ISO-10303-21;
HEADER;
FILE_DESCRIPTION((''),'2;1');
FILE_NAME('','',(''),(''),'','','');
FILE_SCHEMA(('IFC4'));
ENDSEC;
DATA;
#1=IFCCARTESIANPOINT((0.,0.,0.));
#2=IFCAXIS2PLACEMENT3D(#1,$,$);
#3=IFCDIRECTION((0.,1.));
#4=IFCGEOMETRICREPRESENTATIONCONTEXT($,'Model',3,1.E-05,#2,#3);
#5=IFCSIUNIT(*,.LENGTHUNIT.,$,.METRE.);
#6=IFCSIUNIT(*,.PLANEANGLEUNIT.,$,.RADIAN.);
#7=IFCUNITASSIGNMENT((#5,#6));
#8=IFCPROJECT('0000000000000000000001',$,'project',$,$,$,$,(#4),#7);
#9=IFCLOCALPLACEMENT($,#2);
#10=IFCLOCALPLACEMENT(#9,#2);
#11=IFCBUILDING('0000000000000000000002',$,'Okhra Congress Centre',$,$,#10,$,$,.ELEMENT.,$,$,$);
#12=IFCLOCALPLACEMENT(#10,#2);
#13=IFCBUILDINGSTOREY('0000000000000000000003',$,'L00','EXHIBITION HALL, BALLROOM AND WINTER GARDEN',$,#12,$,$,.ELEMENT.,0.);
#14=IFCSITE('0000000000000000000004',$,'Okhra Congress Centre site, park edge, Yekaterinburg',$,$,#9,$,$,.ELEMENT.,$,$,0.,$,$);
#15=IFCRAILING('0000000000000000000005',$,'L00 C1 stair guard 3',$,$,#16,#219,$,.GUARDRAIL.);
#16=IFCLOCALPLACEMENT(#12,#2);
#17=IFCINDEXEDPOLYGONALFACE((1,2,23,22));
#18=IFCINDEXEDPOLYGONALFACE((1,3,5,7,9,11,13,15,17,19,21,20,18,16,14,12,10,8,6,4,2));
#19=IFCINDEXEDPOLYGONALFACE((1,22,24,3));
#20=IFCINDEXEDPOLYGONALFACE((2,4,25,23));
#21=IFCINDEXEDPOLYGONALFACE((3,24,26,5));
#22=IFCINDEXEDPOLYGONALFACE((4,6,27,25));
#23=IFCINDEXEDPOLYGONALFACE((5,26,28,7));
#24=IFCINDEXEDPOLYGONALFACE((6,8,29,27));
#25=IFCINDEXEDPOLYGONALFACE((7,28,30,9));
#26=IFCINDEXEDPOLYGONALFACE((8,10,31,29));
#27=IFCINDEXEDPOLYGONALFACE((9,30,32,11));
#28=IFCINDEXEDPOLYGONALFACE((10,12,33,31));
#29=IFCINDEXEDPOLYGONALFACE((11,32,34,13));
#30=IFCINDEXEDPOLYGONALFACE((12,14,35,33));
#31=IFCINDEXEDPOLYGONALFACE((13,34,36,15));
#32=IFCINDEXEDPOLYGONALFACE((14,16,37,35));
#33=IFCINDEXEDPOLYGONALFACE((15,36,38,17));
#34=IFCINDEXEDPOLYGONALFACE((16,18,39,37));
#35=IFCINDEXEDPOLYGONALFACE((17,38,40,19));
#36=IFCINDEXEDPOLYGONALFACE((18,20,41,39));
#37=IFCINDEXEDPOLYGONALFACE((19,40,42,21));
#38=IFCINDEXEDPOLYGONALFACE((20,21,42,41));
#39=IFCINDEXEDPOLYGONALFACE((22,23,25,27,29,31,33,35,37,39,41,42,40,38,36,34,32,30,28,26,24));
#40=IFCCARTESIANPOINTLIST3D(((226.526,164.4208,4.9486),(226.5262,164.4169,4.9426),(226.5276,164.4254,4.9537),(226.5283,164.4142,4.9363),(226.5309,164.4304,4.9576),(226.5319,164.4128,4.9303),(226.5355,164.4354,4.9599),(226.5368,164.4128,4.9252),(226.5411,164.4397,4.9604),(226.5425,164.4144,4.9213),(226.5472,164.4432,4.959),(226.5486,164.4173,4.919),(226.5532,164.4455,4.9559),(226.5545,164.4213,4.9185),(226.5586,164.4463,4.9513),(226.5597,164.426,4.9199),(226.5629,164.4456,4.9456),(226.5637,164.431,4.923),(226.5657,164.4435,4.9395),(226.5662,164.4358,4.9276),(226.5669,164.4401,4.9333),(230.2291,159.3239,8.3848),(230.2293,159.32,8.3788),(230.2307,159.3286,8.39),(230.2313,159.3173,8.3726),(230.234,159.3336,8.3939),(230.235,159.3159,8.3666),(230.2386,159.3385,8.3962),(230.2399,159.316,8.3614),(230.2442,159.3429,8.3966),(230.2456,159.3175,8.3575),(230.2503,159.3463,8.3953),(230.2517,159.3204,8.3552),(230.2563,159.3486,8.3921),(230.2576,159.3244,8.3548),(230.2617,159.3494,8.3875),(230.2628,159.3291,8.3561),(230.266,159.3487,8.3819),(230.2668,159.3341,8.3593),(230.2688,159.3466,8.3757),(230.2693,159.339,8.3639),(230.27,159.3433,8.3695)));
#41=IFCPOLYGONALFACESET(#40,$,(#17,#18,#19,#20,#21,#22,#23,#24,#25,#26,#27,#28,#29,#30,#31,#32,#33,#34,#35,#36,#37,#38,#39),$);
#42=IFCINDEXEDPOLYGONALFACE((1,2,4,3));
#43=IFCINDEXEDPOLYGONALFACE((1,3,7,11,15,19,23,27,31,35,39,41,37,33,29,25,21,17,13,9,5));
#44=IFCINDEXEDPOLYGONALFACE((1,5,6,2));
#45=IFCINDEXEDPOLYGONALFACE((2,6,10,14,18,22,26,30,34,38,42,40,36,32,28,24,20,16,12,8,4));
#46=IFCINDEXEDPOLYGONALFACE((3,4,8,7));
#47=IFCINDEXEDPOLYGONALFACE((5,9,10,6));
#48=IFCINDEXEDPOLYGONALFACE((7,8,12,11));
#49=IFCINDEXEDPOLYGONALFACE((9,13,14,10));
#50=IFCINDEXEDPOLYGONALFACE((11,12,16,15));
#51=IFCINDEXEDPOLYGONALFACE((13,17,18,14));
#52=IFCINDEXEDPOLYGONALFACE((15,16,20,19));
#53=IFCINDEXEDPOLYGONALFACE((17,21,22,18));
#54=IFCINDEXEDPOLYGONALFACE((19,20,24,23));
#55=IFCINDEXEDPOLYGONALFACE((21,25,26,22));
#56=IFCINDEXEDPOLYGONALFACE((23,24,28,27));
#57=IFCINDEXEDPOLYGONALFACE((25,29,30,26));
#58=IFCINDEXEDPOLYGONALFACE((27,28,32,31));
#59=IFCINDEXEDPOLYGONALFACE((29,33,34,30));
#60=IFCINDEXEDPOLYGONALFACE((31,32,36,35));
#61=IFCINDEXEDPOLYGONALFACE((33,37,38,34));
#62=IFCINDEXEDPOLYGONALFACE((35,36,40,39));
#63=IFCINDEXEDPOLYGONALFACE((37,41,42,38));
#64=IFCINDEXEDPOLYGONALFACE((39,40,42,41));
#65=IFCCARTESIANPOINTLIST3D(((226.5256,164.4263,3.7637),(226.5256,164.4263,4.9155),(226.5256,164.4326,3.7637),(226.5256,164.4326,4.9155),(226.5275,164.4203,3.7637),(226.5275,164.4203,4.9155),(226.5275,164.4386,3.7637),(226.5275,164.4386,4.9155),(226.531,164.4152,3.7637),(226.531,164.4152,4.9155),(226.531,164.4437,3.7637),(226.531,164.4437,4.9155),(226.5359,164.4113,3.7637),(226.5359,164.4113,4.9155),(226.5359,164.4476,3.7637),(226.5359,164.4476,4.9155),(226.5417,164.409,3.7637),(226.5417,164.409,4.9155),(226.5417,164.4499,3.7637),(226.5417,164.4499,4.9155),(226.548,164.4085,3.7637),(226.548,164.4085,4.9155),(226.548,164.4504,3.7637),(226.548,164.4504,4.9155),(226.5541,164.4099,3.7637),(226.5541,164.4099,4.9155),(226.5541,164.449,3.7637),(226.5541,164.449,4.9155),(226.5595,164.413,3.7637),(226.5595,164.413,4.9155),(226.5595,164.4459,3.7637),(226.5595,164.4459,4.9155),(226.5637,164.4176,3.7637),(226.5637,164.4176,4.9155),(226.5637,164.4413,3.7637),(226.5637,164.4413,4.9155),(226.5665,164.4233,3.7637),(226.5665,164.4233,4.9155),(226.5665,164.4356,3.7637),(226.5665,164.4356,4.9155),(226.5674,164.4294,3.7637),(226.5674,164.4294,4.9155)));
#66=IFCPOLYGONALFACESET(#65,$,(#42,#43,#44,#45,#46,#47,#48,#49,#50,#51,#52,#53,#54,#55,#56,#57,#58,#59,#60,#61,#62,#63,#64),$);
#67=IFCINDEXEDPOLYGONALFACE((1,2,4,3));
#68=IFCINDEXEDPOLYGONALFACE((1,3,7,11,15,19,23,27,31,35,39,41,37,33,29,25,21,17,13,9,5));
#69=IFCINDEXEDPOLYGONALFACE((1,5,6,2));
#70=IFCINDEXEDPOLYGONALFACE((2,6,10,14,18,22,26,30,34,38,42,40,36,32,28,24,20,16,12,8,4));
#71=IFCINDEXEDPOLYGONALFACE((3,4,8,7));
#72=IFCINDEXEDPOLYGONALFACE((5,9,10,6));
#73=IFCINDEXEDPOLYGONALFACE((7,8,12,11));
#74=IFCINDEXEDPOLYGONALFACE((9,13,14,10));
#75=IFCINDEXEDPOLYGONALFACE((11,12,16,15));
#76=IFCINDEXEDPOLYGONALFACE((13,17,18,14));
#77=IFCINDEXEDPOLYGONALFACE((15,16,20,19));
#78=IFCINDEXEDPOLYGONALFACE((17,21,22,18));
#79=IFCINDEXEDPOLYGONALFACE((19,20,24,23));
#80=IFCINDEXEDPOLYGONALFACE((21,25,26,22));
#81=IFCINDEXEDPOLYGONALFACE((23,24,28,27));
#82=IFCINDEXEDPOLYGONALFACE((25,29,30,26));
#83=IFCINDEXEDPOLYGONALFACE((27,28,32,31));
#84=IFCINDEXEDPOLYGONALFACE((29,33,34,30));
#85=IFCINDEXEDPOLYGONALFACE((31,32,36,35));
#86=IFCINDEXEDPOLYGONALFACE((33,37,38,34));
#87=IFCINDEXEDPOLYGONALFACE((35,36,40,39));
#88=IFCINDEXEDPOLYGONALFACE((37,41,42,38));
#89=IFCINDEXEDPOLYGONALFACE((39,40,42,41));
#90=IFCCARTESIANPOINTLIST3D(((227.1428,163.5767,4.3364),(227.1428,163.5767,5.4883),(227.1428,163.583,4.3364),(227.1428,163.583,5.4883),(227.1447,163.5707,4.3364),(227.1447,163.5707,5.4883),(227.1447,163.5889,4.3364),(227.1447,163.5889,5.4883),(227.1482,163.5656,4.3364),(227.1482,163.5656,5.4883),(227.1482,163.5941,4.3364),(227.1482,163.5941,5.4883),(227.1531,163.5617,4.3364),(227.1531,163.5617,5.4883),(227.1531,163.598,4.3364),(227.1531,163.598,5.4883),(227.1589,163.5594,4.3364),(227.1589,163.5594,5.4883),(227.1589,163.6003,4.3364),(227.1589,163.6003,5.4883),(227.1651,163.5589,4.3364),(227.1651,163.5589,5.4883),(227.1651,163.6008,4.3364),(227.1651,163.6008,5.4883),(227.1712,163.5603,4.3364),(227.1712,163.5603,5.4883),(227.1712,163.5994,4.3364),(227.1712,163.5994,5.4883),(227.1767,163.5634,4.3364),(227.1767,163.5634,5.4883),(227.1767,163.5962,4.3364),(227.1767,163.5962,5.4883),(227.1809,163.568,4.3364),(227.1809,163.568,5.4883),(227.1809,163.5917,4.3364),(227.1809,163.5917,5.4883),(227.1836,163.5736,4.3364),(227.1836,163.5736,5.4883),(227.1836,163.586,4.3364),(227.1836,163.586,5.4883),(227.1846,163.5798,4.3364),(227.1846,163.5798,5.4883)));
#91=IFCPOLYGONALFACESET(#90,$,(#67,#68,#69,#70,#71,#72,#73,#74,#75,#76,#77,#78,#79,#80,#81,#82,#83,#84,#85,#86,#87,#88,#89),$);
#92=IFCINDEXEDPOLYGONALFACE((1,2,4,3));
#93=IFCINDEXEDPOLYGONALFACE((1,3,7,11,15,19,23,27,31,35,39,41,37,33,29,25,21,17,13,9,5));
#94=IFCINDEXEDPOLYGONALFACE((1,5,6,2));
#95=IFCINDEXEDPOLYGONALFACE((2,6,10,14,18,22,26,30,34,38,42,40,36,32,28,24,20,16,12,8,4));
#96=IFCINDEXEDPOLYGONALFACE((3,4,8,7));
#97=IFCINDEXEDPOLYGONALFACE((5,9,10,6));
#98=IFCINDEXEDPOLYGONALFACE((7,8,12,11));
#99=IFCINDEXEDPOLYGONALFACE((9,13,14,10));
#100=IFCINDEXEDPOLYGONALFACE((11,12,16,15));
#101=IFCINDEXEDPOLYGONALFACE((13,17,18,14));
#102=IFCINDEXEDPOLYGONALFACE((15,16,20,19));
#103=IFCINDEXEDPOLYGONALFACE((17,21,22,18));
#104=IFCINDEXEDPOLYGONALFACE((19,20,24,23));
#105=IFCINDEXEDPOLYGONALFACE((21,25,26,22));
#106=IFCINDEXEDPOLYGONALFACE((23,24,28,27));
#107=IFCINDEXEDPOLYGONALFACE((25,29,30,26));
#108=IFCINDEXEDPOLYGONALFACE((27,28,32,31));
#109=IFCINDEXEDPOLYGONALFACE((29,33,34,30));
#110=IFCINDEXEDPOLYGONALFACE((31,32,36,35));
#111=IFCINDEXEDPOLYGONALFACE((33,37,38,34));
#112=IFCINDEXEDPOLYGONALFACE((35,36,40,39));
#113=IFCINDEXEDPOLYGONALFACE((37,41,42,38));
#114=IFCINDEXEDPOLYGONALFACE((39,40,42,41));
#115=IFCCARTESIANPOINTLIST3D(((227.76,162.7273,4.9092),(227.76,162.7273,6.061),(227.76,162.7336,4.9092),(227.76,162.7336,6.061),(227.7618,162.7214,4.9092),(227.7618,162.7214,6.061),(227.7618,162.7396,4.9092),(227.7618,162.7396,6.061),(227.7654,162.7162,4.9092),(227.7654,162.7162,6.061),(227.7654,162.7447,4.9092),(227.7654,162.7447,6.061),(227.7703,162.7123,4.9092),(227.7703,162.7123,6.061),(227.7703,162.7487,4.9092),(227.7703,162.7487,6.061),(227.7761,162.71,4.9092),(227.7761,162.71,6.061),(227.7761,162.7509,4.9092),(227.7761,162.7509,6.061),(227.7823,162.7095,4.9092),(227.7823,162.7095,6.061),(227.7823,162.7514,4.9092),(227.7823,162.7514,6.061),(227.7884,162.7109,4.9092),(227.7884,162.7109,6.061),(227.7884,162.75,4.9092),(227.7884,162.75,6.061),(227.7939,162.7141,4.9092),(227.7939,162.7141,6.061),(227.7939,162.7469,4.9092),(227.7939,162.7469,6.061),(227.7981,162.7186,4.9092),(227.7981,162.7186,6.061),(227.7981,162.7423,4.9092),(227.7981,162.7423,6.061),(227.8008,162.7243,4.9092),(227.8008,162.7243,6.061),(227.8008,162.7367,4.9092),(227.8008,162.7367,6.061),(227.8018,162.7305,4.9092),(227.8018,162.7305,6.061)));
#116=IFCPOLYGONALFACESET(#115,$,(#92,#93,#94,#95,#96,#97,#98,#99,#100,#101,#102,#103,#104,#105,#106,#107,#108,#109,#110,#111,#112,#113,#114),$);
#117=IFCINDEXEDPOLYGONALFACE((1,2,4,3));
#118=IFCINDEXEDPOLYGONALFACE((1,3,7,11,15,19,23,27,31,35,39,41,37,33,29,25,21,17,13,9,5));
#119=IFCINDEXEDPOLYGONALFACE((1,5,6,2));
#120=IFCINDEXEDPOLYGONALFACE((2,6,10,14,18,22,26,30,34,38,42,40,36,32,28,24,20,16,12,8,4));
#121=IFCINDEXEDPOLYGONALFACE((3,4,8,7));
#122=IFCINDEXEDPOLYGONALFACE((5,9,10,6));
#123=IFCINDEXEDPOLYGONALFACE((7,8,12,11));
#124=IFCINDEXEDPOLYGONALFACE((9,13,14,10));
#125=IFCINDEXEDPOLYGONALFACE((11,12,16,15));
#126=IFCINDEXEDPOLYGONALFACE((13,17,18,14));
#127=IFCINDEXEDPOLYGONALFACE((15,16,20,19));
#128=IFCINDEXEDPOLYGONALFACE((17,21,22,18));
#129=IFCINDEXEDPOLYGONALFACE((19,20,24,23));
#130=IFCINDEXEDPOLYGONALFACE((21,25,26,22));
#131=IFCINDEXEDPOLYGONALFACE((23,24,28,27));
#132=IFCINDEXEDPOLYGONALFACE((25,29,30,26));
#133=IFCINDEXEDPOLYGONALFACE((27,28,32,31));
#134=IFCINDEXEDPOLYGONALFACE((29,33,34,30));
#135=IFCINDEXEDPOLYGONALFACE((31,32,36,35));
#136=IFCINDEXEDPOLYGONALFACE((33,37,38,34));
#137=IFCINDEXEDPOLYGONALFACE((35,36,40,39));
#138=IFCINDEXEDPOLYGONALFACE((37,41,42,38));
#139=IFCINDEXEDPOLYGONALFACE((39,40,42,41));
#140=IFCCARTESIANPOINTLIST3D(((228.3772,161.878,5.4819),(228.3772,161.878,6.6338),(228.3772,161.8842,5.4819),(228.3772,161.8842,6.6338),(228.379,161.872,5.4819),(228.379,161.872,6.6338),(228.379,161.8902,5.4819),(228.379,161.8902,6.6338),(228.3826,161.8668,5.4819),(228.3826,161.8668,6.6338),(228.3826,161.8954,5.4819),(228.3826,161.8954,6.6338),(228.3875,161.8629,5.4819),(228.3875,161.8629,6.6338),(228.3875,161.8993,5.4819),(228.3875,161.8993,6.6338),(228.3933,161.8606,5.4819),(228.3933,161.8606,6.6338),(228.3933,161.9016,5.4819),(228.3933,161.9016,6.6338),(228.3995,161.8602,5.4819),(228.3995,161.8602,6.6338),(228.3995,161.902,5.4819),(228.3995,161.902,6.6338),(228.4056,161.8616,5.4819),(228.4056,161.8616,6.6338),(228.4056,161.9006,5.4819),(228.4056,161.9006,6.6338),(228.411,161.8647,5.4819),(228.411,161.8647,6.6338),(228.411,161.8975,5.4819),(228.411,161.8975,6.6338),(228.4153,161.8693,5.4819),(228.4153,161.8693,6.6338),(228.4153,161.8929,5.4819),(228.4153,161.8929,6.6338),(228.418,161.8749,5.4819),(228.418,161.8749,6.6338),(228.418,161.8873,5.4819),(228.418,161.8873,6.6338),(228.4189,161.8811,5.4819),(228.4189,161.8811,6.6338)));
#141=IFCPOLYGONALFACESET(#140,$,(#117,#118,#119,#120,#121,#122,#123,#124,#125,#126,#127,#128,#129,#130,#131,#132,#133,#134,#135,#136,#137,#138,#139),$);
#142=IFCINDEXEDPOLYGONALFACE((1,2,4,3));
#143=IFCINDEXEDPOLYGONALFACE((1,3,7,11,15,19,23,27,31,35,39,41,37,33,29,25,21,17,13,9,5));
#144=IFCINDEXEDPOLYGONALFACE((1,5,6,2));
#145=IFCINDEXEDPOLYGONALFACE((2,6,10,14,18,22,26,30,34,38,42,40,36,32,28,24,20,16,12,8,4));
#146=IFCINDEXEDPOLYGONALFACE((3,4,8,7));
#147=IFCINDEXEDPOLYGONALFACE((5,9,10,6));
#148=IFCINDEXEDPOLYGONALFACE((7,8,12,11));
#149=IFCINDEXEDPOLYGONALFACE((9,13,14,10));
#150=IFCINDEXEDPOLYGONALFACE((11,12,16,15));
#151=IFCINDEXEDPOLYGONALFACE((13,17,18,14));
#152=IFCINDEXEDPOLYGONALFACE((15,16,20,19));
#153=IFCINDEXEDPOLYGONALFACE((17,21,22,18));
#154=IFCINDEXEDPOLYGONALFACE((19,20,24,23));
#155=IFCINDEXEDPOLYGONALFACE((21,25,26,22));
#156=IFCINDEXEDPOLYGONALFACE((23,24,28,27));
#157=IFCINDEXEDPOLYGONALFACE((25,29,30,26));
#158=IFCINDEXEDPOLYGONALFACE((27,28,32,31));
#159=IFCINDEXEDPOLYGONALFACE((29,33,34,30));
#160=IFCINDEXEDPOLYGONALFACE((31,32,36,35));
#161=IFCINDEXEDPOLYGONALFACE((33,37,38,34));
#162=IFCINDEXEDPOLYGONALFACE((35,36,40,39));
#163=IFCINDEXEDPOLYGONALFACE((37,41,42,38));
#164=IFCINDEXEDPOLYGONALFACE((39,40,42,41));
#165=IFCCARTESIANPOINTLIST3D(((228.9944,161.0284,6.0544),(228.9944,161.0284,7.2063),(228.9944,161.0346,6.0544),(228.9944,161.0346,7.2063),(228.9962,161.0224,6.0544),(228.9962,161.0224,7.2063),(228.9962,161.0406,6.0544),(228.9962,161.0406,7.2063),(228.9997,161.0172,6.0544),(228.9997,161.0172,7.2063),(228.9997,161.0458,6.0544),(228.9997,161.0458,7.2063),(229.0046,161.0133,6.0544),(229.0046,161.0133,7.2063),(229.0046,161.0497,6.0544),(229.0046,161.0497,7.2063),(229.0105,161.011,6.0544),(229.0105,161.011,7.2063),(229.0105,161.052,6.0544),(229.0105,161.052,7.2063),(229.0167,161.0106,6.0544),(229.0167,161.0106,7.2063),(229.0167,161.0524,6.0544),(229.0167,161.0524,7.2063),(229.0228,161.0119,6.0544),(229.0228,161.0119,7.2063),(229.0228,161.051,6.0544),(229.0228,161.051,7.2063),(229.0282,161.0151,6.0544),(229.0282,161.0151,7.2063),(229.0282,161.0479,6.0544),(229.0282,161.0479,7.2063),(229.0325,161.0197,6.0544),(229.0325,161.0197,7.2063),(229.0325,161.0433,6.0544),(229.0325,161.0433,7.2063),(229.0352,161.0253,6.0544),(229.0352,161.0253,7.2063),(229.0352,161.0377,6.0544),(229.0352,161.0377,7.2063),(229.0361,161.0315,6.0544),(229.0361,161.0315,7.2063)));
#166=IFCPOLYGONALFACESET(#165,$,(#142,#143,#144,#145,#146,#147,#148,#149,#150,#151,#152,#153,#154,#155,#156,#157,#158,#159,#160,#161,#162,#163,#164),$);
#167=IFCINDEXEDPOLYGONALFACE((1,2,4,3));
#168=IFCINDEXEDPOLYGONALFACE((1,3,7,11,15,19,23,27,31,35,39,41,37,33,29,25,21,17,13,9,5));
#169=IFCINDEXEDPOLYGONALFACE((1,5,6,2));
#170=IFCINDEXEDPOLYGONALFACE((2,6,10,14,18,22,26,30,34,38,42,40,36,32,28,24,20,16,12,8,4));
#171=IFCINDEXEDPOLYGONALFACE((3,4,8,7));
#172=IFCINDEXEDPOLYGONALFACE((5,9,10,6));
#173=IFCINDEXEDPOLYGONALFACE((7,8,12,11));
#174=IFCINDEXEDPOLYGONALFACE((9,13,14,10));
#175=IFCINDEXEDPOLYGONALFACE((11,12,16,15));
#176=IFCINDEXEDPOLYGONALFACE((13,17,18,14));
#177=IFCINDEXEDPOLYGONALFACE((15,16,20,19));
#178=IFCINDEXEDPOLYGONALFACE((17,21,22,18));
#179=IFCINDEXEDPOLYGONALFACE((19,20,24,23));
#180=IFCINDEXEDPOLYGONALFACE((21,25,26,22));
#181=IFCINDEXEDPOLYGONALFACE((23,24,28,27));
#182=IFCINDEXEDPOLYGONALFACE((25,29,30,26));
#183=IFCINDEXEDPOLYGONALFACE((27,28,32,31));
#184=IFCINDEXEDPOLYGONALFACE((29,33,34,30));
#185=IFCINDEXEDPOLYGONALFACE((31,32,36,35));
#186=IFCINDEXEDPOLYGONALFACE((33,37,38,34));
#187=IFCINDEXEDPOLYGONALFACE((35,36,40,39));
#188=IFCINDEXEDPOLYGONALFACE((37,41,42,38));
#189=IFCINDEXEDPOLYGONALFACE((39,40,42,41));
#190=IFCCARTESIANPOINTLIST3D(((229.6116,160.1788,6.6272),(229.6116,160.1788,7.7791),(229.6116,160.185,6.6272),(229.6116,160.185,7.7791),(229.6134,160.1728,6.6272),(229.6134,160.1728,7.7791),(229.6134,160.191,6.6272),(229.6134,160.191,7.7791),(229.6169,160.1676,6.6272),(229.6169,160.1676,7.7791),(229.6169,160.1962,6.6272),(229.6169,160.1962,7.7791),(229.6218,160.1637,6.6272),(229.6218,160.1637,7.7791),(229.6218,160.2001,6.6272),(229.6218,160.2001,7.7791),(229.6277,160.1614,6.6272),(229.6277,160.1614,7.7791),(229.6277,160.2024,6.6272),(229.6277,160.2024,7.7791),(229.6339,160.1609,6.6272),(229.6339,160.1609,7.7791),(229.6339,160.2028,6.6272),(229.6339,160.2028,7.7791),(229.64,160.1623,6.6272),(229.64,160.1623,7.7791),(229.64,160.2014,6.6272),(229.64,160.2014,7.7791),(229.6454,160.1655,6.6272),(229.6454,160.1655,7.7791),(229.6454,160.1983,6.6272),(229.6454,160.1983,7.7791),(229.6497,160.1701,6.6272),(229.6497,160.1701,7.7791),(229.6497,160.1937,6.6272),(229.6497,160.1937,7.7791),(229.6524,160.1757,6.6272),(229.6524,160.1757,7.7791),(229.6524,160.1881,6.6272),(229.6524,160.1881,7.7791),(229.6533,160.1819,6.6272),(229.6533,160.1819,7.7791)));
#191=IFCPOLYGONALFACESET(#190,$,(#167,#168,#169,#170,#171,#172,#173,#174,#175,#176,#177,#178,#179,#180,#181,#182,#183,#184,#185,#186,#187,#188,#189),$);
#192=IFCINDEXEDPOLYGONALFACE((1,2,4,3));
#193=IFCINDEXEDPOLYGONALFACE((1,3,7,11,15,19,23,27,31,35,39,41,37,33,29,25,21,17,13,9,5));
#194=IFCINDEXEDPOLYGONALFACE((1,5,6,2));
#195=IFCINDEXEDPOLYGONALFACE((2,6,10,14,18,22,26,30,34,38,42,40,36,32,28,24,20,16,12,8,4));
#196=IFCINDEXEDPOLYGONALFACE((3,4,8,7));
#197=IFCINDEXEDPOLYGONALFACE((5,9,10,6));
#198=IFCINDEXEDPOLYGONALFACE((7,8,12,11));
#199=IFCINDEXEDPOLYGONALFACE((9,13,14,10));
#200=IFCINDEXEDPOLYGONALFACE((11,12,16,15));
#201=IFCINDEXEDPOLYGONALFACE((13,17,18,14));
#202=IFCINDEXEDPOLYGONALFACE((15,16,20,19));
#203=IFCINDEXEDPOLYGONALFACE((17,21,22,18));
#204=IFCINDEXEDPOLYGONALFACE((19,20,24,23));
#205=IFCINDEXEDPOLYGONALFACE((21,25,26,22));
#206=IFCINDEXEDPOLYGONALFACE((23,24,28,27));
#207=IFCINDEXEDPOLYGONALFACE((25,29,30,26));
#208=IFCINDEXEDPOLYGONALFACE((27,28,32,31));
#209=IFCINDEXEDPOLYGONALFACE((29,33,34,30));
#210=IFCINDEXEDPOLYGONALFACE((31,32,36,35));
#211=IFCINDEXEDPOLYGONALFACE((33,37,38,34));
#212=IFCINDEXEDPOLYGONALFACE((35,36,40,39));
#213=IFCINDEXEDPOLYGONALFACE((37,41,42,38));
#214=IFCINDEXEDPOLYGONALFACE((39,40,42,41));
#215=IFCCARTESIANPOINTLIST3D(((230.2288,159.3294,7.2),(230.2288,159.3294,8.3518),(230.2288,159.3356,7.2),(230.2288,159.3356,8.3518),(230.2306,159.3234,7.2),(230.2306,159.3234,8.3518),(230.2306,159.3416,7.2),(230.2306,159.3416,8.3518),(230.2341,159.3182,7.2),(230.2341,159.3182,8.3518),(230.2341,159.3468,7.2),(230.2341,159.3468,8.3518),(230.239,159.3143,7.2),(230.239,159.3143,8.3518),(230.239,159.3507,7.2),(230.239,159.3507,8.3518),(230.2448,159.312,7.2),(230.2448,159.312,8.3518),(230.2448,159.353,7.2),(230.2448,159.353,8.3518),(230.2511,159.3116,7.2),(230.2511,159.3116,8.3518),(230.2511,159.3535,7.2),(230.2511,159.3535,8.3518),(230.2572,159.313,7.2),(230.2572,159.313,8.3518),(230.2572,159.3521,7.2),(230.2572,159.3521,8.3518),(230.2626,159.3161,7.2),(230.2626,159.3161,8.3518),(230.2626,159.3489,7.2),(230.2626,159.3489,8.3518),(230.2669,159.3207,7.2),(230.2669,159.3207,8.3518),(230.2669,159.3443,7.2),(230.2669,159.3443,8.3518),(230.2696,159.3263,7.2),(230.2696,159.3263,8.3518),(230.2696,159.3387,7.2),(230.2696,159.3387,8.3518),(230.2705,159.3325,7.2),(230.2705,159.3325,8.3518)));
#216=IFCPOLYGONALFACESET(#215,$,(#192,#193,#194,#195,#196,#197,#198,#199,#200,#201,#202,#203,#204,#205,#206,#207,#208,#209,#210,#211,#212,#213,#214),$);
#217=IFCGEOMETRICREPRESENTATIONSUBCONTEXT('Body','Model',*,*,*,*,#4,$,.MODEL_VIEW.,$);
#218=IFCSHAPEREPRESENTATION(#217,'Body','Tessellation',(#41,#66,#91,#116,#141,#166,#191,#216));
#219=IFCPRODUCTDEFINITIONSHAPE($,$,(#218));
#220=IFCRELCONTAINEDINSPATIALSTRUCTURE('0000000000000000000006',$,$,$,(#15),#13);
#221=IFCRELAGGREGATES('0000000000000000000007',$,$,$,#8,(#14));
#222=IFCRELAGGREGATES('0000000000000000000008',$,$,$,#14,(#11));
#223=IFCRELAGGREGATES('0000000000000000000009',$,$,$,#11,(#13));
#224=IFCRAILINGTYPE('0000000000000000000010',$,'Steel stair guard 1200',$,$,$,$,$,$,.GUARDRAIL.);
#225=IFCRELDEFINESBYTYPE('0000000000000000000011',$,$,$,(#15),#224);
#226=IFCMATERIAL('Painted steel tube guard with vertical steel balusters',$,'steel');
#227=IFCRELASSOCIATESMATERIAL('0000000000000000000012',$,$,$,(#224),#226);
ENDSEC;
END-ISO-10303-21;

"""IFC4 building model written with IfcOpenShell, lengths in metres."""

from ifc_helpers import new_model, si_unit, direction, frame, origin, origin_2d, place, context, subcontext, project, spatial, circle, extrude, material, type_object, element, save


model = new_model("IFC4")

# Units and contexts
model_context = context("Model", 3, precision=1e-05, world=origin(), true_north=direction((0.0, 1.0)))
body_context = subcontext(model_context, "Body", "Model", "MODEL_VIEW")
ifc_project = project(units=[si_unit("LENGTHUNIT", "METRE"), si_unit("PLANEANGLEUNIT", "RADIAN")], contexts=[model_context])

# Site, building, storey
site_placement = place(None, origin())
site = spatial("IfcSite", under=ifc_project, at=site_placement, Name="Okhra Congress Centre site, park edge, Yekaterinburg", CompositionType="ELEMENT", RefElevation=0.0)
building_placement = place(site_placement, origin())
building = spatial("IfcBuilding", under=site, at=building_placement, Name="Okhra Congress Centre", CompositionType="ELEMENT")
storey_placement = place(building_placement, origin())
storey = spatial("IfcBuildingStorey", under=building, at=storey_placement, Name="L00", Description="EXHIBITION HALL, BALLROOM AND WINTER GARDEN", CompositionType="ELEMENT", Elevation=0.0)

# Railing
ifc_material_1 = material(Name="Painted steel tube guard with vertical steel balusters", Category="steel")
railing_type_1 = type_object("IfcRailingType", Name="Steel stair guard 1200", PredefinedType="GUARDRAIL", material=ifc_material_1)
railing_1_placement = place(storey_placement, frame((226.5464, 164.4294, 3.7637)))
element("IfcRailing", 1, at=railing_1_placement, inside=storey, type_object=railing_type_1, Name="L00 C1 stair guard 3", PredefinedType="GUARDRAIL", context=body_context, shape_type="SweptSolid", body=[
    extrude(circle(Radius=0.0239, at=origin_2d()), frame((0.0, 0.0, 1.1758), z_axis=(0.516019, -0.710241, 0.478835), x_axis=(0.809018, 0.587785, 0.0)), (0.0, 0.0, 1.0), 7.1763),
    extrude(circle(Radius=0.021, at=origin_2d()), origin(), (0.0, 0.0, 1.0), 1.1519),
    extrude(circle(Radius=0.021, at=origin_2d()), frame((0.6172, -0.8496, 0.5728)), (0.0, 0.0, 1.0), 1.1519),
    extrude(circle(Radius=0.021, at=origin_2d()), frame((1.2344, -1.699, 1.1455)), (0.0, 0.0, 1.0), 1.1519),
    extrude(circle(Radius=0.021, at=origin_2d()), frame((1.8516, -2.5483, 1.7183)), (0.0, 0.0, 1.0), 1.1519),
    extrude(circle(Radius=0.021, at=origin_2d()), frame((2.4688, -3.3979, 2.2908)), (0.0, 0.0, 1.0), 1.1519),
    extrude(circle(Radius=0.021, at=origin_2d()), frame((3.0859, -4.2476, 2.8635)), (0.0, 0.0, 1.0), 1.1519),
    extrude(circle(Radius=0.021, at=origin_2d()), frame((3.7031, -5.0969, 3.4363)), (0.0, 0.0, 1.0), 1.1519),
])

save(model, "model.ifc")
